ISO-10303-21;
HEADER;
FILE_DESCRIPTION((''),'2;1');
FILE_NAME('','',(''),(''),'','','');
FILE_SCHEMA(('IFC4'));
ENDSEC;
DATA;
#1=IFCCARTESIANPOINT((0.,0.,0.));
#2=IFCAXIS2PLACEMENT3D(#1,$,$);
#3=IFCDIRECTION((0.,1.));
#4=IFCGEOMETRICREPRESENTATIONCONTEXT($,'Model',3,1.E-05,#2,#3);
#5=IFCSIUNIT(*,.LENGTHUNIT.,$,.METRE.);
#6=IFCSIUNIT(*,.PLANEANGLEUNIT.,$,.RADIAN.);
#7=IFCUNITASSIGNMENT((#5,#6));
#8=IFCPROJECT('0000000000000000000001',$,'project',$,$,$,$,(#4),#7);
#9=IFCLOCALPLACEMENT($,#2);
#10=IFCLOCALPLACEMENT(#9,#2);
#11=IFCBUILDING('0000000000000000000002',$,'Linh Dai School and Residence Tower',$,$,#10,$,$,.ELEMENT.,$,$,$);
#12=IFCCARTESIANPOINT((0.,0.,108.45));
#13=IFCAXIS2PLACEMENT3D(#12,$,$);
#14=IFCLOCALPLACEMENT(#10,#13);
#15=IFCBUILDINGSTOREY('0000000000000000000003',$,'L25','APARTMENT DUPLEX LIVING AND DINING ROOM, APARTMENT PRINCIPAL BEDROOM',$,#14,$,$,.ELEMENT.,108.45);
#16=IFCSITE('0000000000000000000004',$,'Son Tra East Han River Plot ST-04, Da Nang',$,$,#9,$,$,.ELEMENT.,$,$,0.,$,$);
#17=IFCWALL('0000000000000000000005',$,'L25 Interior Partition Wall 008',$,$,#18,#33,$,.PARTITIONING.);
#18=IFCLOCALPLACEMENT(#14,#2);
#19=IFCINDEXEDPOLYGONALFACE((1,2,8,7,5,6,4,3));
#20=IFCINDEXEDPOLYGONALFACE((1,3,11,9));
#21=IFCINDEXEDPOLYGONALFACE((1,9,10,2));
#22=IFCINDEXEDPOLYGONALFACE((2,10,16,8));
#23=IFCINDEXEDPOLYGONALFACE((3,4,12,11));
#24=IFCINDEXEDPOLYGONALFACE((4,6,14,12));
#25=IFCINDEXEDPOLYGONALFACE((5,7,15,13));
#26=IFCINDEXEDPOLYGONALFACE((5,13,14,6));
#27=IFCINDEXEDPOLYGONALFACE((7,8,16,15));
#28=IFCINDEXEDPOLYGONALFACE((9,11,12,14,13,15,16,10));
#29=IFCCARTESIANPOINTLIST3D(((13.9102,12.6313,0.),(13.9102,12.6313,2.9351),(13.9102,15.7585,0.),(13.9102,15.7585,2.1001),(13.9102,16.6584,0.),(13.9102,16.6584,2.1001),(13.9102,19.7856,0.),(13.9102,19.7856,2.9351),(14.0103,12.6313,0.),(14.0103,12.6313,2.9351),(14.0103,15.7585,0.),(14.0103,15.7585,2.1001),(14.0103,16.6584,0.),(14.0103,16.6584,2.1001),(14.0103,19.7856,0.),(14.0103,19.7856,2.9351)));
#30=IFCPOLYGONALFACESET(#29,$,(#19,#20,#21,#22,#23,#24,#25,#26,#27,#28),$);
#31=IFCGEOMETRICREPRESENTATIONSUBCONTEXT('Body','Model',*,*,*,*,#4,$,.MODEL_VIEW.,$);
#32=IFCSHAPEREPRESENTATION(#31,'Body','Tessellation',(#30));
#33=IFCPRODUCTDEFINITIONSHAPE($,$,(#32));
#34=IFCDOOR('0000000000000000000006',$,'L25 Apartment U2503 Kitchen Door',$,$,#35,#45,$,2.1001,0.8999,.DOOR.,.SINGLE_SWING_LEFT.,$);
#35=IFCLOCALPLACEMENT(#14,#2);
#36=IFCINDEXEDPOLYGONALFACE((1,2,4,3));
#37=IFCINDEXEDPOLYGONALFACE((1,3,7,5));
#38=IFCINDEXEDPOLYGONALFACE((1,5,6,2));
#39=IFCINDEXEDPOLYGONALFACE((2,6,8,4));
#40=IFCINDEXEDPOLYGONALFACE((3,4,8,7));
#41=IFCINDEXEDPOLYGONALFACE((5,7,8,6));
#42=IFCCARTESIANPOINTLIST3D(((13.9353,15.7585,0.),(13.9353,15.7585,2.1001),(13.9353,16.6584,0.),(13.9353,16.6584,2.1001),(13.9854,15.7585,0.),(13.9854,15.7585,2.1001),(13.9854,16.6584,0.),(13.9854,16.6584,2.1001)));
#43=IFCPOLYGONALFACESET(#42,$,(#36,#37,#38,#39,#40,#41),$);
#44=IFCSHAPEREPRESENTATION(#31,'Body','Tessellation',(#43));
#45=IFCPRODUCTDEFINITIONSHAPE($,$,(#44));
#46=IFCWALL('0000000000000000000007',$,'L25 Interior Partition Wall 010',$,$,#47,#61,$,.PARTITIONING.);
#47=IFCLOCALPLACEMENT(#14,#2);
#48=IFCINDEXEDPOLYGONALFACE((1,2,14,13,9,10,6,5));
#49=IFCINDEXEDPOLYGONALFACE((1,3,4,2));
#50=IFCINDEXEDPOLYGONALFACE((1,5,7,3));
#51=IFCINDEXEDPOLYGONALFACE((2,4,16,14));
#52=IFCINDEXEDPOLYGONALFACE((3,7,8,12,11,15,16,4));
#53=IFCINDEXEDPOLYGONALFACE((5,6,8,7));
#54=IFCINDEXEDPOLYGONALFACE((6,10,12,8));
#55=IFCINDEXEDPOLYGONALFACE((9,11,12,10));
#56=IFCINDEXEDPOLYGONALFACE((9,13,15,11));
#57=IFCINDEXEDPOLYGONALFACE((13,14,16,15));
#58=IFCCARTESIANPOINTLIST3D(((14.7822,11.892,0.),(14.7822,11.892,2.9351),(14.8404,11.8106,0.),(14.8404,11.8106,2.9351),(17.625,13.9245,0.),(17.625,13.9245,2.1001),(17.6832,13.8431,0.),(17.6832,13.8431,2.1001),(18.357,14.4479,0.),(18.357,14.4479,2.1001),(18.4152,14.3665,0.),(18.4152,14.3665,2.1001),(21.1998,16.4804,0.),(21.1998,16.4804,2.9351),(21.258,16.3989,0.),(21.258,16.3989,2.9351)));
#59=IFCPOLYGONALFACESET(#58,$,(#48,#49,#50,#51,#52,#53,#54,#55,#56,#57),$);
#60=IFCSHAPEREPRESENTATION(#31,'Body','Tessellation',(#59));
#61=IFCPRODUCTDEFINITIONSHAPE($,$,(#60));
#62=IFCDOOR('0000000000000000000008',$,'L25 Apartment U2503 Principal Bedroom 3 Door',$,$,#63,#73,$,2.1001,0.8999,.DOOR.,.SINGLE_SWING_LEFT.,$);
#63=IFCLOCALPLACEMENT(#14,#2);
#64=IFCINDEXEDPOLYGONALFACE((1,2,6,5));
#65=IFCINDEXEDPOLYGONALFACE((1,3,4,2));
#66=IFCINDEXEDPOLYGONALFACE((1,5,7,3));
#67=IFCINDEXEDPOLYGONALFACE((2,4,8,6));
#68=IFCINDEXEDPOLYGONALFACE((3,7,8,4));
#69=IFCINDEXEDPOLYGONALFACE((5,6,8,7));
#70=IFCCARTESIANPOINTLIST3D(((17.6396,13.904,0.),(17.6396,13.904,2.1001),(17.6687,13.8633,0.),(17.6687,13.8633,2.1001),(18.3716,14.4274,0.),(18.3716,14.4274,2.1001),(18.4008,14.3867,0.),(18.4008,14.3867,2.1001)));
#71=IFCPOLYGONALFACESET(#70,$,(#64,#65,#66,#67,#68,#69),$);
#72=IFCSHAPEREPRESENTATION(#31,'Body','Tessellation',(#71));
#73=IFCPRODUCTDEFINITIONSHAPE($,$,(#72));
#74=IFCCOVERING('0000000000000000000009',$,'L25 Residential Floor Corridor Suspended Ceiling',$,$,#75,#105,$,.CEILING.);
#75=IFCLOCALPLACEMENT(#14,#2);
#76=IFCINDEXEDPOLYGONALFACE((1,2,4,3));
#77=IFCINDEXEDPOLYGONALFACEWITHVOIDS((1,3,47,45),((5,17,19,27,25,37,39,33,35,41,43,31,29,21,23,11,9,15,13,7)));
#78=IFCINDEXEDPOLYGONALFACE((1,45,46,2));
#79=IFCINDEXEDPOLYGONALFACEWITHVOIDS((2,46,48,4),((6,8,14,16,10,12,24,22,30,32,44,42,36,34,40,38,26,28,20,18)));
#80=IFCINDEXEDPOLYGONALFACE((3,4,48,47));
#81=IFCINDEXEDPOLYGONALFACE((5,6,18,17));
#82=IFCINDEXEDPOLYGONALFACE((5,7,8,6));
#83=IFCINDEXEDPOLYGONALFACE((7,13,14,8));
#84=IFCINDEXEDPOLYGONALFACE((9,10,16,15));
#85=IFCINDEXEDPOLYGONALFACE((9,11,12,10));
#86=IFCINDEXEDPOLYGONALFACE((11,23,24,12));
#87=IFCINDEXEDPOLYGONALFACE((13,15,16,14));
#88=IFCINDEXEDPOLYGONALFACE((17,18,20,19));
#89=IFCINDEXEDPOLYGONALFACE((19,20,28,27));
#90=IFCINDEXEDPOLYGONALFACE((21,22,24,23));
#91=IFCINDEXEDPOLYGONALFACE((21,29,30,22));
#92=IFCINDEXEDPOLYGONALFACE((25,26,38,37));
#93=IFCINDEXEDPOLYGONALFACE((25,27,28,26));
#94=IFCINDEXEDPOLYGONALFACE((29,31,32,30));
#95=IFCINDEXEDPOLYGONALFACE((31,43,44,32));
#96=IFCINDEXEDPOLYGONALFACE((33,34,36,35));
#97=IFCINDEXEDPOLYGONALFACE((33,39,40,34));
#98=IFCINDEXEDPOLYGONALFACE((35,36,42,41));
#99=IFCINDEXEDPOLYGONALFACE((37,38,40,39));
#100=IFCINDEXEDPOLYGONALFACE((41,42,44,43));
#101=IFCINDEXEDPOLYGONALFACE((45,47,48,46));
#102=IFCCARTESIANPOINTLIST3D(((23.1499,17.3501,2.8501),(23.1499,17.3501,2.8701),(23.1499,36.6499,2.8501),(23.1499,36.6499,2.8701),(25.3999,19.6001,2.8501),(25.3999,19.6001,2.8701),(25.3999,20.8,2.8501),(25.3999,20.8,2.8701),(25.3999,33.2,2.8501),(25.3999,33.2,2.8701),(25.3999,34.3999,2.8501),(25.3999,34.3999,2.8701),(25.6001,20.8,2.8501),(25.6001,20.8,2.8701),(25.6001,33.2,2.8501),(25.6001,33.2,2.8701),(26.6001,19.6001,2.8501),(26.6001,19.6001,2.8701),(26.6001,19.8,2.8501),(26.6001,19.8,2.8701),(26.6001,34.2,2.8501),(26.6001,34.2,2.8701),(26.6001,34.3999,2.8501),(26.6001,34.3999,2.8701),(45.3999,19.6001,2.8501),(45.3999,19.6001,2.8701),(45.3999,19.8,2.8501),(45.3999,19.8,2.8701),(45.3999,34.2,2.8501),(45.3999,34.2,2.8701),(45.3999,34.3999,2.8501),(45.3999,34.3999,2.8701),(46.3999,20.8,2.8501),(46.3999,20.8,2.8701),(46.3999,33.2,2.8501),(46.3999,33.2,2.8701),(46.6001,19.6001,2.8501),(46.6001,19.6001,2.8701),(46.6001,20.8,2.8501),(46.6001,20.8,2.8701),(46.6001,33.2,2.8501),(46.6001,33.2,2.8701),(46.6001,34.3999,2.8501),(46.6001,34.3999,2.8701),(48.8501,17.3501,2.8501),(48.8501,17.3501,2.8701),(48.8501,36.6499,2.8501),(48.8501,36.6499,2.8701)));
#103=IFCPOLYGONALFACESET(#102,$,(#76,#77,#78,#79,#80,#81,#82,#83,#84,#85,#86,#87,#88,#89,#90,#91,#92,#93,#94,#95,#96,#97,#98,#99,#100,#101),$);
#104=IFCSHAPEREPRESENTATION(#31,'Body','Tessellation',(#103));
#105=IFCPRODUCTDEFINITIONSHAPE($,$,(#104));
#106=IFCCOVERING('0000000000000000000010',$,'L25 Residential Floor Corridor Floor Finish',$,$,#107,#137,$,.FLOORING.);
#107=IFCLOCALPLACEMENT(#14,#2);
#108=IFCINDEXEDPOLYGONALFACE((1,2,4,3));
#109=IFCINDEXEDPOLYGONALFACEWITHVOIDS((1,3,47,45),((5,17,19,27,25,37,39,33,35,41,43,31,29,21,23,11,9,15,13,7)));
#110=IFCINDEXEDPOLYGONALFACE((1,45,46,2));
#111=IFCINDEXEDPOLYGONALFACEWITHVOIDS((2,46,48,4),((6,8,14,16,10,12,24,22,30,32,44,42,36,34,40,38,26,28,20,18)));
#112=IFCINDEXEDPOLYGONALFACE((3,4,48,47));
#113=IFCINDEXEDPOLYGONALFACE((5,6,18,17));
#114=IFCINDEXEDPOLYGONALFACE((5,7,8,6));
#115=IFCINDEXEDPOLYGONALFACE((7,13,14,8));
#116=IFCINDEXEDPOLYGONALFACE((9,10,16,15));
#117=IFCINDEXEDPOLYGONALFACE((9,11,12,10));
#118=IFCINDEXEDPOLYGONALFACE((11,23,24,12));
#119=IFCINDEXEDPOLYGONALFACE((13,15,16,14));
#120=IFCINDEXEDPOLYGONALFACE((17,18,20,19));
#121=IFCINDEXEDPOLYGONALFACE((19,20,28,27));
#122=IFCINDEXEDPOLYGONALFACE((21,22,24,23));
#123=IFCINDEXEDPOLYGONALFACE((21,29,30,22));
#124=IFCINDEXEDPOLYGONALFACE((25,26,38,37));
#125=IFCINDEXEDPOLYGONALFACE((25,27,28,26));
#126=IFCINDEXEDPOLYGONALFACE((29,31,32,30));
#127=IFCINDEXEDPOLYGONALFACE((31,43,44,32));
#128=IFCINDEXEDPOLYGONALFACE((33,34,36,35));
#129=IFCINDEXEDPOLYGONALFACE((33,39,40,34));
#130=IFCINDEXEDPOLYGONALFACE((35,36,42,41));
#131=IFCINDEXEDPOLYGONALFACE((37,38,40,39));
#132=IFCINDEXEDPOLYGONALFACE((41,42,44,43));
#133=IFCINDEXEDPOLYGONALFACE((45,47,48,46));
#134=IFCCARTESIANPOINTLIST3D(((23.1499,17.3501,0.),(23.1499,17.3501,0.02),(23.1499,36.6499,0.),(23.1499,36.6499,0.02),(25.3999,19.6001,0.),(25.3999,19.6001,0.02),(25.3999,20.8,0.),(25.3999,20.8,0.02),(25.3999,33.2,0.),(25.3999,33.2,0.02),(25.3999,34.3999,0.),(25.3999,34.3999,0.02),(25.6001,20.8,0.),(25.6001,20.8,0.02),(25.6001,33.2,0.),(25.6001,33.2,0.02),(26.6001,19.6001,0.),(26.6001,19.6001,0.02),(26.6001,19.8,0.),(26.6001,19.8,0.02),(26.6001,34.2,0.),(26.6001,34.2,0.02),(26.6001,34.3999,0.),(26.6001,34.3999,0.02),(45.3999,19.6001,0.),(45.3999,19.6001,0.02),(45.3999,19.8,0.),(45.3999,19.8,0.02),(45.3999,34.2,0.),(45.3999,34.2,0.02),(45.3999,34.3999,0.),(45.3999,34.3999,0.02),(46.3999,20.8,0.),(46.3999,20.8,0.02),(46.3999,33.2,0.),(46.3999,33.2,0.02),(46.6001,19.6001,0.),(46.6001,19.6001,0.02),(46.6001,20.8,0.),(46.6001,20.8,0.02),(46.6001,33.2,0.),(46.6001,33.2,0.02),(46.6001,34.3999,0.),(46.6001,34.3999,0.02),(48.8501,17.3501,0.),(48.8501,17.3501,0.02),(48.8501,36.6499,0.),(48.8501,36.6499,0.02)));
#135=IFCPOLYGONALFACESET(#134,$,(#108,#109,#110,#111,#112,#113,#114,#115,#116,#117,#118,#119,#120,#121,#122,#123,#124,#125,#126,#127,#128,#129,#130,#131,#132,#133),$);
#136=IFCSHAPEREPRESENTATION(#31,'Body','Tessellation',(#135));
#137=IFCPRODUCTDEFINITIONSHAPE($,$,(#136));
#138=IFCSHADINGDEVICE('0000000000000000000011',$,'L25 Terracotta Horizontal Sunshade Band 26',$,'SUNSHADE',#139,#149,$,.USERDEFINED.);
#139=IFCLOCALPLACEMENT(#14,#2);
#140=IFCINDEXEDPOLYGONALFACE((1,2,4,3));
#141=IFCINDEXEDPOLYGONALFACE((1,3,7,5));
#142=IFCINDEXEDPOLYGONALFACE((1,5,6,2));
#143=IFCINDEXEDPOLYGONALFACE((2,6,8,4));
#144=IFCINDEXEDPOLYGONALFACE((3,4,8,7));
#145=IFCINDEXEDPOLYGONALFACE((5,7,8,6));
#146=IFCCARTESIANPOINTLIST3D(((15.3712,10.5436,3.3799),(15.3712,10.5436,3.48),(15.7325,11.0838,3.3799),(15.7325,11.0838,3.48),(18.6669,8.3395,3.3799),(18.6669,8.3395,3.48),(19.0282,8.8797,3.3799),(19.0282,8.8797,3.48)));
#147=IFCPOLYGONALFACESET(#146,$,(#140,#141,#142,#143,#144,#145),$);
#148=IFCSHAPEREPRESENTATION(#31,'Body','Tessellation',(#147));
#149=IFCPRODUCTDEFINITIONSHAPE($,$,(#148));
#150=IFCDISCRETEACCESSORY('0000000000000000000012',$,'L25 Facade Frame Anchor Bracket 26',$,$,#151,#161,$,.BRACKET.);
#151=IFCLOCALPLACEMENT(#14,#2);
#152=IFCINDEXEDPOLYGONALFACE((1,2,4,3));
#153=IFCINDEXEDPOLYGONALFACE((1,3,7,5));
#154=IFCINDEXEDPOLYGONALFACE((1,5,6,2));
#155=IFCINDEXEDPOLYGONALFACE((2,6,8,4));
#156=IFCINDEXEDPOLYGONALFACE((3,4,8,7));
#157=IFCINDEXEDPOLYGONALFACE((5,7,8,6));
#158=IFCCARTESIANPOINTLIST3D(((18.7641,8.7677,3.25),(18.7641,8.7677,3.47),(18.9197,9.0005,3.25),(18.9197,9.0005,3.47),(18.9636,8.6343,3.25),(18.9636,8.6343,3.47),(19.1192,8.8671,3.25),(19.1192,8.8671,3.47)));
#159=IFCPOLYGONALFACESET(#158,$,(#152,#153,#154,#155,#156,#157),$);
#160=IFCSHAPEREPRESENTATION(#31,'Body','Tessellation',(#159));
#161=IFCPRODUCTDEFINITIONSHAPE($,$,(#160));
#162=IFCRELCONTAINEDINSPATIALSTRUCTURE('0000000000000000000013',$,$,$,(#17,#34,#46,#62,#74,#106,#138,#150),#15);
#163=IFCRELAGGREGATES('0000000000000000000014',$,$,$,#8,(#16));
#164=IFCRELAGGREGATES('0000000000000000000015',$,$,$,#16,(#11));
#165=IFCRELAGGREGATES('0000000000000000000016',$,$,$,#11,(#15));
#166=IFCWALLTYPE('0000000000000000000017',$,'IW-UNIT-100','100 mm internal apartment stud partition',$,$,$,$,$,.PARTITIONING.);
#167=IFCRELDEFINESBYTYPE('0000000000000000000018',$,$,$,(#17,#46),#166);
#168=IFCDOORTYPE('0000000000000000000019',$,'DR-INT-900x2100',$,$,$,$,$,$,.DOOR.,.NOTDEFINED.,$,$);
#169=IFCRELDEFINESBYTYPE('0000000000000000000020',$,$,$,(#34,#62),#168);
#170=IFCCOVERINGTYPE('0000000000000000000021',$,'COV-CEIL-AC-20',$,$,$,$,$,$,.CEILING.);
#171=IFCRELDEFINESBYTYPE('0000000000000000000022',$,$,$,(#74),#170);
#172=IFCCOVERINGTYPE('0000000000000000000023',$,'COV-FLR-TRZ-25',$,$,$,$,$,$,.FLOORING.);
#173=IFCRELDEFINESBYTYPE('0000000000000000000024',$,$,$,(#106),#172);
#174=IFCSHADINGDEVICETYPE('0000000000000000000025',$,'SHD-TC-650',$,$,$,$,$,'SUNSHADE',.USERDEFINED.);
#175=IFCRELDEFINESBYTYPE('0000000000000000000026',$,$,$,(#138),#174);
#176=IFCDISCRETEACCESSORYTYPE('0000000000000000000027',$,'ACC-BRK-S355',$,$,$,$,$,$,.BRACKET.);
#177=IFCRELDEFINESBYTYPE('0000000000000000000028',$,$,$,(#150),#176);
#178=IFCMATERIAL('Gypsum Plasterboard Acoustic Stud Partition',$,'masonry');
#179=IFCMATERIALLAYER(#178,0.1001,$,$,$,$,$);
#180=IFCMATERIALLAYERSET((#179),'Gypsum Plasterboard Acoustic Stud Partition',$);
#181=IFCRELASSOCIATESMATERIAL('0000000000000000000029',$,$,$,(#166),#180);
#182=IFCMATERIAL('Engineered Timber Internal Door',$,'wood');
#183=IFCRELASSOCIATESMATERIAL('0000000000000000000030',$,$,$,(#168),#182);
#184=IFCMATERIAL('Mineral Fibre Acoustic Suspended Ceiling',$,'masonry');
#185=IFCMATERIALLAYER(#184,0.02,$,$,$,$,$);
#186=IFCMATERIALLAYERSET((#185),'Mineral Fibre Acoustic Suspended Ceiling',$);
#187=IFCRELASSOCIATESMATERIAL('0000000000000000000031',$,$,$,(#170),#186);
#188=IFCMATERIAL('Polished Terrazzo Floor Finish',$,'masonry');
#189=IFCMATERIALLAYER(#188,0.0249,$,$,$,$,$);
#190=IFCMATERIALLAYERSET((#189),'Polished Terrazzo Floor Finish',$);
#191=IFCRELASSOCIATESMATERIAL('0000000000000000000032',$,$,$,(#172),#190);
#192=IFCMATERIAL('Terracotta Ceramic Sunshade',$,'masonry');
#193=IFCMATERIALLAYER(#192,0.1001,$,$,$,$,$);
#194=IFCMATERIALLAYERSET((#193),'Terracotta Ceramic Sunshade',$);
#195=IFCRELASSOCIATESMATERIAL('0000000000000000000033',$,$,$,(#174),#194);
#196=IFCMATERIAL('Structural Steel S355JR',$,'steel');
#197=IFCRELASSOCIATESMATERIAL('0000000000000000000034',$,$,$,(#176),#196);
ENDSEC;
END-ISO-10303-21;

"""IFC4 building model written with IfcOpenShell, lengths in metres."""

from ifc_helpers import new_model, si_unit, direction, frame, frame_2d, origin, origin_2d, place, context, subcontext, project, spatial, polyline, rectangle, outline, extrude, source, transform, mapped, material, layer, layer_set, type_object, element, fill, save


model = new_model("IFC4")

# Units and contexts
model_context = context("Model", 3, precision=1e-05, world=origin(), true_north=direction((0.0, 1.0)))
body_context = subcontext(model_context, "Body", "Model", "MODEL_VIEW")
ifc_project = project(units=[si_unit("LENGTHUNIT", "METRE"), si_unit("PLANEANGLEUNIT", "RADIAN")], contexts=[model_context])

# Site, building, storey
site_placement = place(None, origin())
site = spatial("IfcSite", under=ifc_project, at=site_placement, Name="Son Tra East Han River Plot ST-04, Da Nang", CompositionType="ELEMENT", RefElevation=0.0)
building_placement = place(site_placement, origin())
building = spatial("IfcBuilding", under=site, at=building_placement, Name="Linh Dai School and Residence Tower", CompositionType="ELEMENT")
storey_placement = place(building_placement, frame((0.0, 0.0, 108.45)))
storey = spatial("IfcBuildingStorey", under=building, at=storey_placement, Name="L25", Description="APARTMENT DUPLEX LIVING AND DINING ROOM, APARTMENT PRINCIPAL BEDROOM", CompositionType="ELEMENT", Elevation=108.45)

# Shared definitions
ifc_material_1 = material(Name="Structural Steel S355JR", Category="steel")

# Walls, openings, doors
ifc_material_2 = material(Name="Gypsum Plasterboard Acoustic Stud Partition", Category="masonry")
ifc_layer_1 = layer(ifc_material_2, 0.1001)
ifc_layer_set_1 = layer_set([ifc_layer_1], Name="Gypsum Plasterboard Acoustic Stud Partition")
wall_type_1 = type_object("IfcWallType", Name="IW-UNIT-100", Description="100 mm internal apartment stud partition", PredefinedType="PARTITIONING", material=ifc_layer_set_1)
wall_1_placement = place(storey_placement, frame((13.9602, 12.6313, 0.0), z_axis=(0.0, 0.0, 1.0), x_axis=(0.0, 1.0, 0.0)))
wall_1 = element("IfcWall", 1, at=wall_1_placement, inside=storey, type_object=wall_type_1, Name="L25 Interior Partition Wall 008", PredefinedType="PARTITIONING", context=body_context, shape_type="SweptSolid", body=[
    extrude(rectangle(XDim=7.1543, YDim=0.1001, at=frame_2d((3.5771, 0.0))), origin(), (0.0, 0.0, 1.0), 2.9351),
])
opening_1_placement = place(wall_1_placement, frame((3.1272, 0.0, 0.0)))
opening_1 = element("IfcOpeningElement", 2, at=opening_1_placement, cuts=wall_1, PredefinedType="OPENING", context=body_context, shape_type="SweptSolid", body=[
    extrude(rectangle(XDim=0.8999, YDim=2.1001, at=origin_2d()), frame((0.45, 0.0601, 1.05), z_axis=(0.0, -1.0, 0.0), x_axis=(1.0, 0.0, 0.0)), (0.0, 0.0, 1.0), 0.1201),
])
ifc_material_3 = material(Name="Engineered Timber Internal Door", Category="wood")
door_type = type_object("IfcDoorType", Name="DR-INT-900x2100", OperationType="NOTDEFINED", PredefinedType="DOOR", material=ifc_material_3)
shared_shape_1 = source(origin(), body_context, "Body", "SweptSolid", [
    extrude(rectangle(XDim=0.8999, YDim=2.1001, at=origin_2d()), frame((0.45, 0.0249, 1.05), z_axis=(0.0, -1.0, 0.0), x_axis=(1.0, 0.0, 0.0)), (0.0, 0.0, 1.0), 0.05),
])
door_1_placement = place(opening_1_placement, origin())
door_1 = element("IfcDoor", 3, at=door_1_placement, inside=storey, type_object=door_type, Name="L25 Apartment U2503 Kitchen Door", OperationType="SINGLE_SWING_LEFT", OverallHeight=2.1001, OverallWidth=0.8999, PredefinedType="DOOR", context=body_context, shape_type="MappedRepresentation", body=[
    mapped(shared_shape_1, transform((0.0, 0.0, 0.0), x_axis=(1.0, 0.0, 0.0), y_axis=(0.0, 1.0, 0.0), z_axis=(0.0, 0.0, 1.0), scale=1.0)),
])
fill(opening_1, door_1)
wall_2_placement = place(storey_placement, frame((14.8113, 11.8513, 0.0), z_axis=(0.0, 0.0, 1.0), x_axis=(0.813476, 0.581598, 0.0)))
wall_2 = element("IfcWall", 4, at=wall_2_placement, inside=storey, type_object=wall_type_1, Name="L25 Interior Partition Wall 010", PredefinedType="PARTITIONING", context=body_context, shape_type="SweptSolid", body=[
    extrude(rectangle(XDim=7.8892, YDim=0.1001, at=frame_2d((3.9446, 0.0))), origin(), (0.0, 0.0, 1.0), 2.9351),
])
opening_2_placement = place(wall_2_placement, frame((3.4946, 0.0, 0.0)))
opening_2 = element("IfcOpeningElement", 5, at=opening_2_placement, cuts=wall_2, PredefinedType="OPENING", context=body_context, shape_type="SweptSolid", body=[
    extrude(rectangle(XDim=0.8999, YDim=2.1001, at=origin_2d()), frame((0.45, 0.0601, 1.05), z_axis=(0.0, -1.0, 0.0), x_axis=(1.0, 0.0, 0.0)), (0.0, 0.0, 1.0), 0.1201),
])
door_2_placement = place(opening_2_placement, origin())
door_2 = element("IfcDoor", 6, at=door_2_placement, inside=storey, type_object=door_type, Name="L25 Apartment U2503 Principal Bedroom 3 Door", OperationType="SINGLE_SWING_LEFT", OverallHeight=2.1001, OverallWidth=0.8999, PredefinedType="DOOR", context=body_context, shape_type="MappedRepresentation", body=[
    mapped(shared_shape_1, transform((0.0, 0.0, 0.0), x_axis=(1.0, 0.0, 0.0), y_axis=(0.0, 1.0, 0.0), z_axis=(0.0, 0.0, 1.0), scale=1.0)),
])
fill(opening_2, door_2)

# Coverings
ifc_material_4 = material(Name="Mineral Fibre Acoustic Suspended Ceiling", Category="masonry")
ifc_layer_2 = layer(ifc_material_4, 0.02)
ifc_layer_set_2 = layer_set([ifc_layer_2], Name="Mineral Fibre Acoustic Suspended Ceiling")
covering_type_1 = type_object("IfcCoveringType", Name="COV-CEIL-AC-20", PredefinedType="CEILING", material=ifc_layer_set_2)
covering_1_placement = place(storey_placement, frame((0.0, 0.0, 2.8501)))
element("IfcCovering", 7, at=covering_1_placement, inside=storey, type_object=covering_type_1, Name="L25 Residential Floor Corridor Suspended Ceiling", PredefinedType="CEILING", context=body_context, shape_type="SweptSolid", body=[
    extrude(outline(polyline([(48.8501, 36.6499), (48.8501, 17.3501), (23.1499, 17.3501), (23.1499, 36.6499), (48.8501, 36.6499)]), holes=[polyline([(26.6001, 34.2), (26.6001, 34.3999), (25.3999, 34.3999), (25.3999, 33.2), (25.6001, 33.2), (25.6001, 20.8), (25.3999, 20.8), (25.3999, 19.6001), (26.6001, 19.6001), (26.6001, 19.8), (45.3999, 19.8), (45.3999, 19.6001), (46.6001, 19.6001), (46.6001, 20.8), (46.3999, 20.8), (46.3999, 33.2), (46.6001, 33.2), (46.6001, 34.3999), (45.3999, 34.3999), (45.3999, 34.2), (26.6001, 34.2)])]), origin(), (0.0, 0.0, 1.0), 0.02),
])
ifc_material_5 = material(Name="Polished Terrazzo Floor Finish", Category="masonry")
ifc_layer_3 = layer(ifc_material_5, 0.0249)
ifc_layer_set_3 = layer_set([ifc_layer_3], Name="Polished Terrazzo Floor Finish")
covering_type_2 = type_object("IfcCoveringType", Name="COV-FLR-TRZ-25", PredefinedType="FLOORING", material=ifc_layer_set_3)
covering_2_placement = place(storey_placement, origin())
element("IfcCovering", 8, at=covering_2_placement, inside=storey, type_object=covering_type_2, Name="L25 Residential Floor Corridor Floor Finish", PredefinedType="FLOORING", context=body_context, shape_type="SweptSolid", body=[
    extrude(outline(polyline([(48.8501, 36.6499), (48.8501, 17.3501), (23.1499, 17.3501), (23.1499, 36.6499), (48.8501, 36.6499)]), holes=[polyline([(26.6001, 34.2), (26.6001, 34.3999), (25.3999, 34.3999), (25.3999, 33.2), (25.6001, 33.2), (25.6001, 20.8), (25.3999, 20.8), (25.3999, 19.6001), (26.6001, 19.6001), (26.6001, 19.8), (45.3999, 19.8), (45.3999, 19.6001), (46.6001, 19.6001), (46.6001, 20.8), (46.3999, 20.8), (46.3999, 33.2), (46.6001, 33.2), (46.6001, 34.3999), (45.3999, 34.3999), (45.3999, 34.2), (26.6001, 34.2)])]), origin(), (0.0, 0.0, 1.0), 0.02),
])

# Shading device
ifc_material_6 = material(Name="Terracotta Ceramic Sunshade", Category="masonry")
ifc_layer_4 = layer(ifc_material_6, 0.1001)
ifc_layer_set_4 = layer_set([ifc_layer_4], Name="Terracotta Ceramic Sunshade")
shading_device_type = type_object("IfcShadingDeviceType", Name="SHD-TC-650", ElementType="SUNSHADE", PredefinedType="USERDEFINED", material=ifc_layer_set_4)
shared_shape_2 = source(origin(), body_context, "Body", "SweptSolid", [
    extrude(rectangle(XDim=3.9648, YDim=0.6499, at=origin_2d()), origin(), (0.0, 0.0, 1.0), 0.1001),
])
shading_device_placement = place(storey_placement, frame((17.1997, 9.7117, 3.3799), z_axis=(0.0, 0.0, 1.0), x_axis=(-0.83124, 0.555913, 0.0)))
element("IfcShadingDevice", 9, at=shading_device_placement, inside=storey, type_object=shading_device_type, Name="L25 Terracotta Horizontal Sunshade Band 26", ObjectType="SUNSHADE", PredefinedType="USERDEFINED", context=body_context, shape_type="MappedRepresentation", body=[
    mapped(shared_shape_2, transform((0.0, 0.0, 0.0), x_axis=(1.0, 0.0, 0.0), y_axis=(0.0, 1.0, 0.0), z_axis=(0.0, 0.0, 1.0), scale=1.0)),
])

# Discrete accessory
discrete_accessory_type = type_object("IfcDiscreteAccessoryType", Name="ACC-BRK-S355", PredefinedType="BRACKET", material=ifc_material_1)
shared_shape_3 = source(origin(), body_context, "Body", "SweptSolid", [
    extrude(rectangle(XDim=0.28, YDim=0.24, at=origin_2d()), origin(), (0.0, 0.0, 1.0), 0.22),
])
discrete_accessory_placement = place(storey_placement, frame((18.9417, 8.8174, 3.25), z_axis=(0.0, 0.0, 1.0), x_axis=(-0.555913, -0.83124, 0.0)))
element("IfcDiscreteAccessory", 10, at=discrete_accessory_placement, inside=storey, type_object=discrete_accessory_type, Name="L25 Facade Frame Anchor Bracket 26", PredefinedType="BRACKET", context=body_context, shape_type="MappedRepresentation", body=[
    mapped(shared_shape_3, transform((0.0, 0.0, 0.0), x_axis=(1.0, 0.0, 0.0), y_axis=(0.0, 1.0, 0.0), z_axis=(0.0, 0.0, 1.0), scale=1.0)),
])

save(model, "model.ifc")
